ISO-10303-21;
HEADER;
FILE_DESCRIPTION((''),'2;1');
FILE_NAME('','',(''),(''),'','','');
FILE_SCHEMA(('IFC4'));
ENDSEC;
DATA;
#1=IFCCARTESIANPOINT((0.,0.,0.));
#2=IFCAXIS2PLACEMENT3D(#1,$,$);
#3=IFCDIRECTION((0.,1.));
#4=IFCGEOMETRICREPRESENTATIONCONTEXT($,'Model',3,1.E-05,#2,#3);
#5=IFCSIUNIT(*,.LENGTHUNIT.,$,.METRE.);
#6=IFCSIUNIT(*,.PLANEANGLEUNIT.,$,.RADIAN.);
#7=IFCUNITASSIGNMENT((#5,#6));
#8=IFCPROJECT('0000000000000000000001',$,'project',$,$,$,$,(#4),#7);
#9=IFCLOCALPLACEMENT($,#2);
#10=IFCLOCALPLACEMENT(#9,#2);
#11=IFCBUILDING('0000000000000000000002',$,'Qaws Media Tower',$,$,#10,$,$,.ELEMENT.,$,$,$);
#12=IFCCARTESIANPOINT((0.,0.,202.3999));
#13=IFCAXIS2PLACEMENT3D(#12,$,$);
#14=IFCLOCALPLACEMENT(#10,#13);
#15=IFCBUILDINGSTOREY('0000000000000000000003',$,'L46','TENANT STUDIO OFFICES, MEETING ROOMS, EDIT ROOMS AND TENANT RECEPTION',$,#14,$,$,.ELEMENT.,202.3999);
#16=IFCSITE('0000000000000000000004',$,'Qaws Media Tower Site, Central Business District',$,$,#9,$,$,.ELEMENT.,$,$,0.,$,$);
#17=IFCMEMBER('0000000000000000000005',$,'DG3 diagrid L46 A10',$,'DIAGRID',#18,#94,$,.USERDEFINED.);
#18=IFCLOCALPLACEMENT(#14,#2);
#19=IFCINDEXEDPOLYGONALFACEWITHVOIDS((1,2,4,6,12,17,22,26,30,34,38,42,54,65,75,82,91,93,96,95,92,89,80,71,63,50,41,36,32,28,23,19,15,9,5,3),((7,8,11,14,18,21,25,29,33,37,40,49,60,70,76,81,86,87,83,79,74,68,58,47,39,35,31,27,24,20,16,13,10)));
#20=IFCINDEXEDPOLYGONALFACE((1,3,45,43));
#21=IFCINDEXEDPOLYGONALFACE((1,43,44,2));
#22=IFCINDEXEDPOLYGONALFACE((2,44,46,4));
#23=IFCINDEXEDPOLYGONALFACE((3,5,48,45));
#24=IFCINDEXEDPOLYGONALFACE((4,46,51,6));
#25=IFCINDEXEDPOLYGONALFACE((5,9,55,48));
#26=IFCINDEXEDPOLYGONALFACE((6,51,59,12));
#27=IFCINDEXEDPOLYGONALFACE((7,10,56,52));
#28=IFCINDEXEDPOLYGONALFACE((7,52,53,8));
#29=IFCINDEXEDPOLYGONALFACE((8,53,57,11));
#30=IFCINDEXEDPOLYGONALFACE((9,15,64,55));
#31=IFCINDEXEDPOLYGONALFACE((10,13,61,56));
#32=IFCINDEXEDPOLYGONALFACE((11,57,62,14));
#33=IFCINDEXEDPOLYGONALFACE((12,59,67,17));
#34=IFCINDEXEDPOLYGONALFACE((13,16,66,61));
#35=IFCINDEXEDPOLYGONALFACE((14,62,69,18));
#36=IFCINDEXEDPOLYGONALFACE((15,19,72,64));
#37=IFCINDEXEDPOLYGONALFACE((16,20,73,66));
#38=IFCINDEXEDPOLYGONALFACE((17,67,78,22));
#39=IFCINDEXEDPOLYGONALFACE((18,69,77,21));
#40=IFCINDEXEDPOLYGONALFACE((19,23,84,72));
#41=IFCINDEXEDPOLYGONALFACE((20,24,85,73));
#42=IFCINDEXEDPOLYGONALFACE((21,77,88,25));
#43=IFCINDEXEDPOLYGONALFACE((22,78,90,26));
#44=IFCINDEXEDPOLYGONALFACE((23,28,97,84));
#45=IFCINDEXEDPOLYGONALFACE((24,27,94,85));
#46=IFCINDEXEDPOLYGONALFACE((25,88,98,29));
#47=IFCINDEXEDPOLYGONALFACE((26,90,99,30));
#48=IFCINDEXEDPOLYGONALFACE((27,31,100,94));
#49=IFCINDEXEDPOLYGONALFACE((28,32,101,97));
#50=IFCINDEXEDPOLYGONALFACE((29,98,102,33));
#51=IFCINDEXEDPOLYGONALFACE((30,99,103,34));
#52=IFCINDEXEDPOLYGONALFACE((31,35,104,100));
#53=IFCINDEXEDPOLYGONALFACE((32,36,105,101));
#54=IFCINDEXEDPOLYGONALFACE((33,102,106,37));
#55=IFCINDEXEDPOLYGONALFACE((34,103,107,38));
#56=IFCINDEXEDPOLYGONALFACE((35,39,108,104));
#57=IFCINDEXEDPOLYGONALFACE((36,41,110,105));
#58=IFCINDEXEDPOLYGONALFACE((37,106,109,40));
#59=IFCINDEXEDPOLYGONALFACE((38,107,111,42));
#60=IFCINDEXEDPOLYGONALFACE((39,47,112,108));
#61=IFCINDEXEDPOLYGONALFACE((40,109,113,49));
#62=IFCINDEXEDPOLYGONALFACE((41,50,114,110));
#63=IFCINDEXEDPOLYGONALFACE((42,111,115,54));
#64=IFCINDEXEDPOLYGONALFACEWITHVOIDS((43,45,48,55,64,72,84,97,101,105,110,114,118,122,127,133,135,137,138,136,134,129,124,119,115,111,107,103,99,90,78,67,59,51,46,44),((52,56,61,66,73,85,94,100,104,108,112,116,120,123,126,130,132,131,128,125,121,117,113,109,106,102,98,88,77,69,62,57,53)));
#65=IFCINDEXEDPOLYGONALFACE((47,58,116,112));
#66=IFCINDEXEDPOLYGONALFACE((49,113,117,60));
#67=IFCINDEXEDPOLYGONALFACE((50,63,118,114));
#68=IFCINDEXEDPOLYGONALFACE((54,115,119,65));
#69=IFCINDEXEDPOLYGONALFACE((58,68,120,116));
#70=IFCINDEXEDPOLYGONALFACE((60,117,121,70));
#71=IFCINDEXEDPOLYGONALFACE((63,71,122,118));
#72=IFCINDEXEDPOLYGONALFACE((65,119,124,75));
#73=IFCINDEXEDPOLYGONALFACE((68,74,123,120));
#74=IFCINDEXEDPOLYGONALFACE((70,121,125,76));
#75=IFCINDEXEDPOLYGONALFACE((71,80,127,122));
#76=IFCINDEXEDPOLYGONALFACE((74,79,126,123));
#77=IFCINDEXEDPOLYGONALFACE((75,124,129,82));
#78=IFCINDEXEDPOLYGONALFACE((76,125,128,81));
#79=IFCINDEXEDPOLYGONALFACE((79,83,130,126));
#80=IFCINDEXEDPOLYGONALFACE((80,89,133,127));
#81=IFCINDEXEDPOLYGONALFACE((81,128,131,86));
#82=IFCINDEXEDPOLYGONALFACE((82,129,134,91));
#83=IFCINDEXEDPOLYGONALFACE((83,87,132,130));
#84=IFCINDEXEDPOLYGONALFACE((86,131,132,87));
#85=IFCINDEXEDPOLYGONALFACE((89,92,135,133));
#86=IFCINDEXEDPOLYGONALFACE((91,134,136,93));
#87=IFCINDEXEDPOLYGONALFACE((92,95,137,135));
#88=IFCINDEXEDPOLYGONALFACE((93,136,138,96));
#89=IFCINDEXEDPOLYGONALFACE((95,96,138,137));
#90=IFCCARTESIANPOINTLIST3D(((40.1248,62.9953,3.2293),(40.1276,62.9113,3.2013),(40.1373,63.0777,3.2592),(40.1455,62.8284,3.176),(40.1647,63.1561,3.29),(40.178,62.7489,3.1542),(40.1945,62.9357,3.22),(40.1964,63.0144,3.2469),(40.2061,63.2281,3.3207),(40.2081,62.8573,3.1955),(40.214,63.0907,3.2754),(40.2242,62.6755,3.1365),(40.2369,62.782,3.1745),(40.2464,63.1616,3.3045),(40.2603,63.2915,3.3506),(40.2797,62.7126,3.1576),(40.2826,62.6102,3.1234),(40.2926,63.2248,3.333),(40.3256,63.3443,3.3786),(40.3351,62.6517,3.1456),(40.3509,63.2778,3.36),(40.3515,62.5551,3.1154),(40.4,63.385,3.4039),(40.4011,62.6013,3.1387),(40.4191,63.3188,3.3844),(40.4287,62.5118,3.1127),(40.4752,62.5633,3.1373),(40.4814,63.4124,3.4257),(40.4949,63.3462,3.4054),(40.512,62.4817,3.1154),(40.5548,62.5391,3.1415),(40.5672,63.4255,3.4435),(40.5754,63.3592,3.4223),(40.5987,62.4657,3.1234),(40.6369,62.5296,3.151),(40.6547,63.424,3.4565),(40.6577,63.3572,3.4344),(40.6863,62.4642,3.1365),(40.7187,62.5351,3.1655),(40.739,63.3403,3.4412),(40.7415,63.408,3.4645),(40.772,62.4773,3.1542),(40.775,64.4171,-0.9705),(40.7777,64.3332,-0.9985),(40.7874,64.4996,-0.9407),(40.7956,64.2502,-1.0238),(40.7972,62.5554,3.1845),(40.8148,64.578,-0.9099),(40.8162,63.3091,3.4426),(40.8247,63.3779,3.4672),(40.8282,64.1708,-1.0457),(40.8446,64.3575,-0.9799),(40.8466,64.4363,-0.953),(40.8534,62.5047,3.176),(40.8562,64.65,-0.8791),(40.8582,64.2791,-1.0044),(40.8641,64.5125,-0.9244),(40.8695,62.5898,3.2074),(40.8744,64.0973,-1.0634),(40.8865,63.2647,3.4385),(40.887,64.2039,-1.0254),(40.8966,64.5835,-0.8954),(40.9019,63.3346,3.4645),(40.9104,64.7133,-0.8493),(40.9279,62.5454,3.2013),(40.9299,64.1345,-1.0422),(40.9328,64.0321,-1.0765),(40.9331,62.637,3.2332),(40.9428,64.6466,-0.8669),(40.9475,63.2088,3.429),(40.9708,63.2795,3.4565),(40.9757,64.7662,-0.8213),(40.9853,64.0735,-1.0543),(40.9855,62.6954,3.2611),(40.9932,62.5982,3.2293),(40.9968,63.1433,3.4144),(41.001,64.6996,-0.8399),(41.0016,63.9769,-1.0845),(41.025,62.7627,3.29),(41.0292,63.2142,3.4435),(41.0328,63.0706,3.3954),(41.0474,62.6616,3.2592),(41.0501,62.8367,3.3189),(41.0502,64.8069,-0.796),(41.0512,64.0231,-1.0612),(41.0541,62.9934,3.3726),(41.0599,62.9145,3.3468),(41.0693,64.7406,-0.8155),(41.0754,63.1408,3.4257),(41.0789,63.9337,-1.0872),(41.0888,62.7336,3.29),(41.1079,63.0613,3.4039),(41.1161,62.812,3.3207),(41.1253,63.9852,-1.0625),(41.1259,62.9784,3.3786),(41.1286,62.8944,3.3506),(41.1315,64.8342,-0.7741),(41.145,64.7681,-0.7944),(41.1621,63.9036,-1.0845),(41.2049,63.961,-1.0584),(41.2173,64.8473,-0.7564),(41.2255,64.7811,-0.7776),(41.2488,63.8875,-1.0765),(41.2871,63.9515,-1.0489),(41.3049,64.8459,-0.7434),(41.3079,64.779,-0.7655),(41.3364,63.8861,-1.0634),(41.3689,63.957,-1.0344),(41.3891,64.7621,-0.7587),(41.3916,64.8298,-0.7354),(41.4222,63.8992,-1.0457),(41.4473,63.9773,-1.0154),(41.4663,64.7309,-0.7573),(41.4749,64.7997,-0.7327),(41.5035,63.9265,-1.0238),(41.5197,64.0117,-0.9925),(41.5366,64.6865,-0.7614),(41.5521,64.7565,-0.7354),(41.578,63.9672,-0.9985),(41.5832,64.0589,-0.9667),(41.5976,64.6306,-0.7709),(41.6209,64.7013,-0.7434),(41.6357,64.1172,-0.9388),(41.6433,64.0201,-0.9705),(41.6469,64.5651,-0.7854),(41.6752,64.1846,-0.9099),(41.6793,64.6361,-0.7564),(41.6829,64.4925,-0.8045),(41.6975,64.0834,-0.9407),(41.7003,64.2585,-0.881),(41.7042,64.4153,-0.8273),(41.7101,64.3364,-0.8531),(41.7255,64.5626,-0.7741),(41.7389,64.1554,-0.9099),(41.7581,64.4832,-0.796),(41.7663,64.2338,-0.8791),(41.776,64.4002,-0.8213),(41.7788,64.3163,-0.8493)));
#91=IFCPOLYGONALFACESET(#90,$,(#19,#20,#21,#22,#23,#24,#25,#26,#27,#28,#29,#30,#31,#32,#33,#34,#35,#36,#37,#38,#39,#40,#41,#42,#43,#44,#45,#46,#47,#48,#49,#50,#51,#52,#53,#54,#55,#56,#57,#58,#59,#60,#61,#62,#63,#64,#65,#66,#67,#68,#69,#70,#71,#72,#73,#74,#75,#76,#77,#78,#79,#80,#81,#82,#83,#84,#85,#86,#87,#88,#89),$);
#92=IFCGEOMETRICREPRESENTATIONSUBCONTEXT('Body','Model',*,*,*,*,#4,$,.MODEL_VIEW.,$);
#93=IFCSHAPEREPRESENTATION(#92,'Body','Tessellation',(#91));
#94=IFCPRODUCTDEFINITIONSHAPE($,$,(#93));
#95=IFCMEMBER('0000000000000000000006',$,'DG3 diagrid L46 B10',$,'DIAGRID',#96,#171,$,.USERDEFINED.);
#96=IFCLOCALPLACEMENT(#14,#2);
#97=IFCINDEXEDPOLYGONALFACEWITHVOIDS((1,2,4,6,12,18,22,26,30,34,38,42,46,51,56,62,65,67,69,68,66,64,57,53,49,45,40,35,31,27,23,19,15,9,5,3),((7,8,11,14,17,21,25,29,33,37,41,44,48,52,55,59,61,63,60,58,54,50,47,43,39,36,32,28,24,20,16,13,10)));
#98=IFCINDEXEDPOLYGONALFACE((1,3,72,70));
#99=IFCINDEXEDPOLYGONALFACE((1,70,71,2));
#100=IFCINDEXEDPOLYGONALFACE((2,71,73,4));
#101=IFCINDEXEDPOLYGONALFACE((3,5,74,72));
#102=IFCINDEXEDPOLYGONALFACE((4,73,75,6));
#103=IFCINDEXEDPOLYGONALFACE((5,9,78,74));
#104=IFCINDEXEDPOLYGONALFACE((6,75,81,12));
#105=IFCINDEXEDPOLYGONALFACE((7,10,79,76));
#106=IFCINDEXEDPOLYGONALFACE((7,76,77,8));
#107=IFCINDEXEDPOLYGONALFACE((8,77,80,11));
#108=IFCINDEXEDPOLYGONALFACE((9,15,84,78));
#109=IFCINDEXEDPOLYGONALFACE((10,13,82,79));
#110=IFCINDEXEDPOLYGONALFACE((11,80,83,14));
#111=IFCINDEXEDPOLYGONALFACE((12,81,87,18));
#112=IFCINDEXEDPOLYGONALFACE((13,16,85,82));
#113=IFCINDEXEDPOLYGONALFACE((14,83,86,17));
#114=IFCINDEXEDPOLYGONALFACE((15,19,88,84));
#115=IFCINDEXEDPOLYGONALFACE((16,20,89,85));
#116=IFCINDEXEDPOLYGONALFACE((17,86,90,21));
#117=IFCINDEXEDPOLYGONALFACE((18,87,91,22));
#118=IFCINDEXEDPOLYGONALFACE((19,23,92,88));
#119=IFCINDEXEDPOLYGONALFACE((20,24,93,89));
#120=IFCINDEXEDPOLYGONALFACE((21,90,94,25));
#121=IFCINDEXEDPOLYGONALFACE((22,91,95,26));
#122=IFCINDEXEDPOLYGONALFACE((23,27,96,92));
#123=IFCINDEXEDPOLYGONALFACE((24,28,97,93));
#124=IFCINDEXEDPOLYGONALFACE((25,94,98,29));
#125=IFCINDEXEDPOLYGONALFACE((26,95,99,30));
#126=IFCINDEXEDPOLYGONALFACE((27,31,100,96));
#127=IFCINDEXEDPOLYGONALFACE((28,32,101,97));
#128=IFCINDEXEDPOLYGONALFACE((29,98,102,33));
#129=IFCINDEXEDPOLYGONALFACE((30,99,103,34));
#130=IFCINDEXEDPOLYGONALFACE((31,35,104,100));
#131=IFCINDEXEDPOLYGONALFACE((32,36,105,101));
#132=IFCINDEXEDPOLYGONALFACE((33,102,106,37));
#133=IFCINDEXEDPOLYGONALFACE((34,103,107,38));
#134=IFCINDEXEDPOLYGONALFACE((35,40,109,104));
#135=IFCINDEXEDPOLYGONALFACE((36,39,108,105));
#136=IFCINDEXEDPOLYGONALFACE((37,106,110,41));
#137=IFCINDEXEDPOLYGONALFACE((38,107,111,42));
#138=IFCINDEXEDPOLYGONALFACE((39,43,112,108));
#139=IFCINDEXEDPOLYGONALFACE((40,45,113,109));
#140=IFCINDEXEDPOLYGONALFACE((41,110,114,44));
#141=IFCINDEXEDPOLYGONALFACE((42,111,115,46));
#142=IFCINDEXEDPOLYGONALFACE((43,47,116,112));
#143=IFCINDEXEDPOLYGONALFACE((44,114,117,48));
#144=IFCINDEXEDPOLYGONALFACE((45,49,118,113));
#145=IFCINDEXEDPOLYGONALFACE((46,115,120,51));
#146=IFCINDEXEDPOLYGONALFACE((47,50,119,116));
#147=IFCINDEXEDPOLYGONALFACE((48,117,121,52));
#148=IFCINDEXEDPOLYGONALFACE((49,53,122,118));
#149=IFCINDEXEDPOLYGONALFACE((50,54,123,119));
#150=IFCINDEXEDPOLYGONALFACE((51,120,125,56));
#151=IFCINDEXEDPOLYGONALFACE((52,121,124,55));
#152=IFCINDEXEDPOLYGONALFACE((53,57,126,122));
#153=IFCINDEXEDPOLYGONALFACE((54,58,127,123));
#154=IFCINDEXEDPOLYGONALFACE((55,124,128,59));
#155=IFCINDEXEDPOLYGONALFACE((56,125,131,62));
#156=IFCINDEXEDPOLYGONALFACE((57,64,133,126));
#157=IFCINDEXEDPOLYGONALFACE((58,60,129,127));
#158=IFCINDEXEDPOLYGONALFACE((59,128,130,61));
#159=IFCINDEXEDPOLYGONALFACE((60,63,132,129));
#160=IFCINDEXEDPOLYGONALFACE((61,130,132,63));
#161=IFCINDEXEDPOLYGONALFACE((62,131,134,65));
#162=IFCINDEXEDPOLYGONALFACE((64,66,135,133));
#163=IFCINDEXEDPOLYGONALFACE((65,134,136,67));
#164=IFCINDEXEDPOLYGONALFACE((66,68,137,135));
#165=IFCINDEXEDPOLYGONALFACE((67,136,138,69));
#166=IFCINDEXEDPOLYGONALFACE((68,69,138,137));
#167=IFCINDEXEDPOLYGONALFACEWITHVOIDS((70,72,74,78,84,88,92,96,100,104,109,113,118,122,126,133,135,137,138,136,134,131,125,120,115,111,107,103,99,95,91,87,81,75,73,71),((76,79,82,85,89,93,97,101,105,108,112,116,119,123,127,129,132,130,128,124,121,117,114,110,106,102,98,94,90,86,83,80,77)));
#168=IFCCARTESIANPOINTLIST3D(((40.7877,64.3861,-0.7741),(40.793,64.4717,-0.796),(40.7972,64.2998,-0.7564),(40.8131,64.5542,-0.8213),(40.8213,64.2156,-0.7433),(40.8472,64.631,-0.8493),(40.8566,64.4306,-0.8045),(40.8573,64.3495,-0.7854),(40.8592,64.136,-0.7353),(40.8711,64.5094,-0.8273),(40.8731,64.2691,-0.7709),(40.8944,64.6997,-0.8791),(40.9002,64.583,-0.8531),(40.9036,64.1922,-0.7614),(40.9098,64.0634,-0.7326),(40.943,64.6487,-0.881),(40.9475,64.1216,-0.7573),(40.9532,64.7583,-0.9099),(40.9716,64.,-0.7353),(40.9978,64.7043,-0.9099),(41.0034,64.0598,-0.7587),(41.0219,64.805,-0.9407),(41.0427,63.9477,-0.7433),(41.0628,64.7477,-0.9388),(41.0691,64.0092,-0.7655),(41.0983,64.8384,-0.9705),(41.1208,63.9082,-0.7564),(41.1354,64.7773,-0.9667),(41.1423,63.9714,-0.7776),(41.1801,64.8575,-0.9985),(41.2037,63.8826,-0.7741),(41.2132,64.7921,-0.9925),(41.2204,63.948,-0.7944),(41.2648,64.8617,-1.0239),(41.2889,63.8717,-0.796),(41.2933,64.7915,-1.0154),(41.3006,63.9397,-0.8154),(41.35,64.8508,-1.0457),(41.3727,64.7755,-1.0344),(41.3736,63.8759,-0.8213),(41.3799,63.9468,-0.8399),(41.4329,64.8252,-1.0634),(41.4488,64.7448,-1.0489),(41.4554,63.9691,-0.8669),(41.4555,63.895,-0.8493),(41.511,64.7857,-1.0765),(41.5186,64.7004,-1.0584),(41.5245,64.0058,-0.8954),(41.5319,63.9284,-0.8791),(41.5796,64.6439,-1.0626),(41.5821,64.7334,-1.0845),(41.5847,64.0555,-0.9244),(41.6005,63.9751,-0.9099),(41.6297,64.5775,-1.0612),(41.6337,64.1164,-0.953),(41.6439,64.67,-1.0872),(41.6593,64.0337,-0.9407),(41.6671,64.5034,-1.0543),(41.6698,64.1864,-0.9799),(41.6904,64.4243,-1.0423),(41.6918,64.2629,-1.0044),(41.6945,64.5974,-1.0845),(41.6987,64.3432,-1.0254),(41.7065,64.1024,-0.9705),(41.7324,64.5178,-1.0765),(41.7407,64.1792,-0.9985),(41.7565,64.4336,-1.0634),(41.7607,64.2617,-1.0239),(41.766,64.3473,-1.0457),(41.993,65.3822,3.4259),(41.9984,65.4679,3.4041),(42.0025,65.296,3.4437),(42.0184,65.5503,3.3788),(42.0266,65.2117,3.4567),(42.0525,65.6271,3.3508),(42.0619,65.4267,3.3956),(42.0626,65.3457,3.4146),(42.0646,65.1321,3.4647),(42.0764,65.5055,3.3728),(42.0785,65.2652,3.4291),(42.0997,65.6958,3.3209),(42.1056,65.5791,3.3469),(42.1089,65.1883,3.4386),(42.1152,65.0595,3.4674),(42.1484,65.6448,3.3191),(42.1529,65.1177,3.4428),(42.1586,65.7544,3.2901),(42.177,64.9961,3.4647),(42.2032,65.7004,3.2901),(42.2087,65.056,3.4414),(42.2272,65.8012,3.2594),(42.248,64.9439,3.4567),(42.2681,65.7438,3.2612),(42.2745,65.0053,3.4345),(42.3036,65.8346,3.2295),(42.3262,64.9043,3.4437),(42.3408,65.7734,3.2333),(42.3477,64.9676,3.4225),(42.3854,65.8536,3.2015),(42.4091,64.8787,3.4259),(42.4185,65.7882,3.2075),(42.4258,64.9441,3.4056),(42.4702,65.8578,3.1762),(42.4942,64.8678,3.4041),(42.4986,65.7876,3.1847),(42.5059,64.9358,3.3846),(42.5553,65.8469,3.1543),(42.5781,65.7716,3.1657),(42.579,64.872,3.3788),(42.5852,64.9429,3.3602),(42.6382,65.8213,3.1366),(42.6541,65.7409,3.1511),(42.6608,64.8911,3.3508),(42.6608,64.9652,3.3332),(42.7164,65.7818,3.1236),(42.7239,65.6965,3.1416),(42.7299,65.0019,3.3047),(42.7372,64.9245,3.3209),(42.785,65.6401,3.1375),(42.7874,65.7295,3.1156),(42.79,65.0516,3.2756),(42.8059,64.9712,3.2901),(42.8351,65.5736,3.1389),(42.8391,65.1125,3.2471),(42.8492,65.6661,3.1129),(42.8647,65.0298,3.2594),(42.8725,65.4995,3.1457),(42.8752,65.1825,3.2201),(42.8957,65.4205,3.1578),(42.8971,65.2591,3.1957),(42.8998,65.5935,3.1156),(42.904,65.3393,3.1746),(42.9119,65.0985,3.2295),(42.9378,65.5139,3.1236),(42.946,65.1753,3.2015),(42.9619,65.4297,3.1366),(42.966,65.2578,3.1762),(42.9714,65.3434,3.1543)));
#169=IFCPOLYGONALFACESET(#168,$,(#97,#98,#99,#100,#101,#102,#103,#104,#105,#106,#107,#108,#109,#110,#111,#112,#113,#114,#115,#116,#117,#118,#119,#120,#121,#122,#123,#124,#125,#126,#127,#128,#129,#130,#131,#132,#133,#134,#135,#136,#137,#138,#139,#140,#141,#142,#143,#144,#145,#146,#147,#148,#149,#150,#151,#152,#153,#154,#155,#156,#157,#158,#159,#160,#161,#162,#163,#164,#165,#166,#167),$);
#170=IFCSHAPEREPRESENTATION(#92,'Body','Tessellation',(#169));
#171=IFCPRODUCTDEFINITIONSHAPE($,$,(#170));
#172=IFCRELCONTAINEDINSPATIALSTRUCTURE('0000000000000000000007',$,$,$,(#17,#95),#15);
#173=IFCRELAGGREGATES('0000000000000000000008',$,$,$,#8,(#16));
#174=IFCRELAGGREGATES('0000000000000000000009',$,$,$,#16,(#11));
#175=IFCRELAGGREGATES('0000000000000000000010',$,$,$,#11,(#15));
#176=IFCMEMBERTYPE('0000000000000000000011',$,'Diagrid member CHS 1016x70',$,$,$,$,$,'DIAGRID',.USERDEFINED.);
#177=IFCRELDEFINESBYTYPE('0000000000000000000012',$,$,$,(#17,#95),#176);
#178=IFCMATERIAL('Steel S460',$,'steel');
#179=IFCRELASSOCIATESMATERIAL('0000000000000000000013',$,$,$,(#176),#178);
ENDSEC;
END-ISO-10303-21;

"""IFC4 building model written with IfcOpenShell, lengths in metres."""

from ifc_helpers import new_model, si_unit, direction, frame, origin, origin_2d, place, context, subcontext, project, spatial, hollow_circle, extrude, material, material_profile, profile_set, type_object, element, save


model = new_model("IFC4")

# Units and contexts
model_context = context("Model", 3, precision=1e-05, world=origin(), true_north=direction((0.0, 1.0)))
body_context = subcontext(model_context, "Body", "Model", "MODEL_VIEW")
ifc_project = project(units=[si_unit("LENGTHUNIT", "METRE"), si_unit("PLANEANGLEUNIT", "RADIAN")], contexts=[model_context])

# Site, building, storey
site_placement = place(None, origin())
site = spatial("IfcSite", under=ifc_project, at=site_placement, Name="Qaws Media Tower Site, Central Business District", CompositionType="ELEMENT", RefElevation=0.0)
building_placement = place(site_placement, origin())
building = spatial("IfcBuilding", under=site, at=building_placement, Name="Qaws Media Tower", CompositionType="ELEMENT")
storey_placement = place(building_placement, frame((0.0, 0.0, 202.3999)))
storey = spatial("IfcBuildingStorey", under=building, at=storey_placement, Name="L46", Description="TENANT STUDIO OFFICES, MEETING ROOMS, EDIT ROOMS AND TENANT RECEPTION", CompositionType="ELEMENT", Elevation=202.3999)

# Members
ifc_material_1 = material(Name="Steel S460", Category="steel")
ifc_material_profile_1 = material_profile(ifc_material_1, hollow_circle(Radius=0.5081, WallThickness=0.0701, at=origin_2d()), Name="CHS 1016x70")
ifc_profile_set_1 = profile_set([ifc_material_profile_1], Name="Steel S460")
member_type_1 = type_object("IfcMemberType", Name="Diagrid member CHS 1016x70", ElementType="DIAGRID", PredefinedType="USERDEFINED", material=ifc_profile_set_1)
for number, where, z_axis, x_axis, name in (
    (1, (41.2769, 64.3667, -0.9099), (-0.145073, -0.317275, 0.937171), (0.909439, -0.415837, 0.0), "DG3 diagrid L46 A10"),
):
    element("IfcMember", number, at=place(storey_placement, frame(where, z_axis=z_axis, x_axis=x_axis)), inside=storey, type_object=member_type_1, Name=name, ObjectType="DIAGRID", PredefinedType="USERDEFINED", context=body_context, shape_type="SweptSolid", body=[
        extrude(hollow_circle(Radius=0.5081, WallThickness=0.0701, at=origin_2d()), origin(), (0.0, 0.0, 1.0), 4.4814),
    ])
member_1_placement = place(storey_placement, frame((41.2769, 64.3667, -0.9099), z_axis=(0.26895, 0.222264, 0.937158), x_axis=(-0.637031, 0.770838, 0.0)))
element("IfcMember", 2, at=member_1_placement, inside=storey, type_object=member_type_1, Name="DG3 diagrid L46 B10", ObjectType="DIAGRID", PredefinedType="USERDEFINED", context=body_context, shape_type="SweptSolid", body=[
    extrude(hollow_circle(Radius=0.5081, WallThickness=0.0701, at=origin_2d()), origin(), (0.0, 0.0, 1.0), 4.4817),
])

save(model, "model.ifc")
